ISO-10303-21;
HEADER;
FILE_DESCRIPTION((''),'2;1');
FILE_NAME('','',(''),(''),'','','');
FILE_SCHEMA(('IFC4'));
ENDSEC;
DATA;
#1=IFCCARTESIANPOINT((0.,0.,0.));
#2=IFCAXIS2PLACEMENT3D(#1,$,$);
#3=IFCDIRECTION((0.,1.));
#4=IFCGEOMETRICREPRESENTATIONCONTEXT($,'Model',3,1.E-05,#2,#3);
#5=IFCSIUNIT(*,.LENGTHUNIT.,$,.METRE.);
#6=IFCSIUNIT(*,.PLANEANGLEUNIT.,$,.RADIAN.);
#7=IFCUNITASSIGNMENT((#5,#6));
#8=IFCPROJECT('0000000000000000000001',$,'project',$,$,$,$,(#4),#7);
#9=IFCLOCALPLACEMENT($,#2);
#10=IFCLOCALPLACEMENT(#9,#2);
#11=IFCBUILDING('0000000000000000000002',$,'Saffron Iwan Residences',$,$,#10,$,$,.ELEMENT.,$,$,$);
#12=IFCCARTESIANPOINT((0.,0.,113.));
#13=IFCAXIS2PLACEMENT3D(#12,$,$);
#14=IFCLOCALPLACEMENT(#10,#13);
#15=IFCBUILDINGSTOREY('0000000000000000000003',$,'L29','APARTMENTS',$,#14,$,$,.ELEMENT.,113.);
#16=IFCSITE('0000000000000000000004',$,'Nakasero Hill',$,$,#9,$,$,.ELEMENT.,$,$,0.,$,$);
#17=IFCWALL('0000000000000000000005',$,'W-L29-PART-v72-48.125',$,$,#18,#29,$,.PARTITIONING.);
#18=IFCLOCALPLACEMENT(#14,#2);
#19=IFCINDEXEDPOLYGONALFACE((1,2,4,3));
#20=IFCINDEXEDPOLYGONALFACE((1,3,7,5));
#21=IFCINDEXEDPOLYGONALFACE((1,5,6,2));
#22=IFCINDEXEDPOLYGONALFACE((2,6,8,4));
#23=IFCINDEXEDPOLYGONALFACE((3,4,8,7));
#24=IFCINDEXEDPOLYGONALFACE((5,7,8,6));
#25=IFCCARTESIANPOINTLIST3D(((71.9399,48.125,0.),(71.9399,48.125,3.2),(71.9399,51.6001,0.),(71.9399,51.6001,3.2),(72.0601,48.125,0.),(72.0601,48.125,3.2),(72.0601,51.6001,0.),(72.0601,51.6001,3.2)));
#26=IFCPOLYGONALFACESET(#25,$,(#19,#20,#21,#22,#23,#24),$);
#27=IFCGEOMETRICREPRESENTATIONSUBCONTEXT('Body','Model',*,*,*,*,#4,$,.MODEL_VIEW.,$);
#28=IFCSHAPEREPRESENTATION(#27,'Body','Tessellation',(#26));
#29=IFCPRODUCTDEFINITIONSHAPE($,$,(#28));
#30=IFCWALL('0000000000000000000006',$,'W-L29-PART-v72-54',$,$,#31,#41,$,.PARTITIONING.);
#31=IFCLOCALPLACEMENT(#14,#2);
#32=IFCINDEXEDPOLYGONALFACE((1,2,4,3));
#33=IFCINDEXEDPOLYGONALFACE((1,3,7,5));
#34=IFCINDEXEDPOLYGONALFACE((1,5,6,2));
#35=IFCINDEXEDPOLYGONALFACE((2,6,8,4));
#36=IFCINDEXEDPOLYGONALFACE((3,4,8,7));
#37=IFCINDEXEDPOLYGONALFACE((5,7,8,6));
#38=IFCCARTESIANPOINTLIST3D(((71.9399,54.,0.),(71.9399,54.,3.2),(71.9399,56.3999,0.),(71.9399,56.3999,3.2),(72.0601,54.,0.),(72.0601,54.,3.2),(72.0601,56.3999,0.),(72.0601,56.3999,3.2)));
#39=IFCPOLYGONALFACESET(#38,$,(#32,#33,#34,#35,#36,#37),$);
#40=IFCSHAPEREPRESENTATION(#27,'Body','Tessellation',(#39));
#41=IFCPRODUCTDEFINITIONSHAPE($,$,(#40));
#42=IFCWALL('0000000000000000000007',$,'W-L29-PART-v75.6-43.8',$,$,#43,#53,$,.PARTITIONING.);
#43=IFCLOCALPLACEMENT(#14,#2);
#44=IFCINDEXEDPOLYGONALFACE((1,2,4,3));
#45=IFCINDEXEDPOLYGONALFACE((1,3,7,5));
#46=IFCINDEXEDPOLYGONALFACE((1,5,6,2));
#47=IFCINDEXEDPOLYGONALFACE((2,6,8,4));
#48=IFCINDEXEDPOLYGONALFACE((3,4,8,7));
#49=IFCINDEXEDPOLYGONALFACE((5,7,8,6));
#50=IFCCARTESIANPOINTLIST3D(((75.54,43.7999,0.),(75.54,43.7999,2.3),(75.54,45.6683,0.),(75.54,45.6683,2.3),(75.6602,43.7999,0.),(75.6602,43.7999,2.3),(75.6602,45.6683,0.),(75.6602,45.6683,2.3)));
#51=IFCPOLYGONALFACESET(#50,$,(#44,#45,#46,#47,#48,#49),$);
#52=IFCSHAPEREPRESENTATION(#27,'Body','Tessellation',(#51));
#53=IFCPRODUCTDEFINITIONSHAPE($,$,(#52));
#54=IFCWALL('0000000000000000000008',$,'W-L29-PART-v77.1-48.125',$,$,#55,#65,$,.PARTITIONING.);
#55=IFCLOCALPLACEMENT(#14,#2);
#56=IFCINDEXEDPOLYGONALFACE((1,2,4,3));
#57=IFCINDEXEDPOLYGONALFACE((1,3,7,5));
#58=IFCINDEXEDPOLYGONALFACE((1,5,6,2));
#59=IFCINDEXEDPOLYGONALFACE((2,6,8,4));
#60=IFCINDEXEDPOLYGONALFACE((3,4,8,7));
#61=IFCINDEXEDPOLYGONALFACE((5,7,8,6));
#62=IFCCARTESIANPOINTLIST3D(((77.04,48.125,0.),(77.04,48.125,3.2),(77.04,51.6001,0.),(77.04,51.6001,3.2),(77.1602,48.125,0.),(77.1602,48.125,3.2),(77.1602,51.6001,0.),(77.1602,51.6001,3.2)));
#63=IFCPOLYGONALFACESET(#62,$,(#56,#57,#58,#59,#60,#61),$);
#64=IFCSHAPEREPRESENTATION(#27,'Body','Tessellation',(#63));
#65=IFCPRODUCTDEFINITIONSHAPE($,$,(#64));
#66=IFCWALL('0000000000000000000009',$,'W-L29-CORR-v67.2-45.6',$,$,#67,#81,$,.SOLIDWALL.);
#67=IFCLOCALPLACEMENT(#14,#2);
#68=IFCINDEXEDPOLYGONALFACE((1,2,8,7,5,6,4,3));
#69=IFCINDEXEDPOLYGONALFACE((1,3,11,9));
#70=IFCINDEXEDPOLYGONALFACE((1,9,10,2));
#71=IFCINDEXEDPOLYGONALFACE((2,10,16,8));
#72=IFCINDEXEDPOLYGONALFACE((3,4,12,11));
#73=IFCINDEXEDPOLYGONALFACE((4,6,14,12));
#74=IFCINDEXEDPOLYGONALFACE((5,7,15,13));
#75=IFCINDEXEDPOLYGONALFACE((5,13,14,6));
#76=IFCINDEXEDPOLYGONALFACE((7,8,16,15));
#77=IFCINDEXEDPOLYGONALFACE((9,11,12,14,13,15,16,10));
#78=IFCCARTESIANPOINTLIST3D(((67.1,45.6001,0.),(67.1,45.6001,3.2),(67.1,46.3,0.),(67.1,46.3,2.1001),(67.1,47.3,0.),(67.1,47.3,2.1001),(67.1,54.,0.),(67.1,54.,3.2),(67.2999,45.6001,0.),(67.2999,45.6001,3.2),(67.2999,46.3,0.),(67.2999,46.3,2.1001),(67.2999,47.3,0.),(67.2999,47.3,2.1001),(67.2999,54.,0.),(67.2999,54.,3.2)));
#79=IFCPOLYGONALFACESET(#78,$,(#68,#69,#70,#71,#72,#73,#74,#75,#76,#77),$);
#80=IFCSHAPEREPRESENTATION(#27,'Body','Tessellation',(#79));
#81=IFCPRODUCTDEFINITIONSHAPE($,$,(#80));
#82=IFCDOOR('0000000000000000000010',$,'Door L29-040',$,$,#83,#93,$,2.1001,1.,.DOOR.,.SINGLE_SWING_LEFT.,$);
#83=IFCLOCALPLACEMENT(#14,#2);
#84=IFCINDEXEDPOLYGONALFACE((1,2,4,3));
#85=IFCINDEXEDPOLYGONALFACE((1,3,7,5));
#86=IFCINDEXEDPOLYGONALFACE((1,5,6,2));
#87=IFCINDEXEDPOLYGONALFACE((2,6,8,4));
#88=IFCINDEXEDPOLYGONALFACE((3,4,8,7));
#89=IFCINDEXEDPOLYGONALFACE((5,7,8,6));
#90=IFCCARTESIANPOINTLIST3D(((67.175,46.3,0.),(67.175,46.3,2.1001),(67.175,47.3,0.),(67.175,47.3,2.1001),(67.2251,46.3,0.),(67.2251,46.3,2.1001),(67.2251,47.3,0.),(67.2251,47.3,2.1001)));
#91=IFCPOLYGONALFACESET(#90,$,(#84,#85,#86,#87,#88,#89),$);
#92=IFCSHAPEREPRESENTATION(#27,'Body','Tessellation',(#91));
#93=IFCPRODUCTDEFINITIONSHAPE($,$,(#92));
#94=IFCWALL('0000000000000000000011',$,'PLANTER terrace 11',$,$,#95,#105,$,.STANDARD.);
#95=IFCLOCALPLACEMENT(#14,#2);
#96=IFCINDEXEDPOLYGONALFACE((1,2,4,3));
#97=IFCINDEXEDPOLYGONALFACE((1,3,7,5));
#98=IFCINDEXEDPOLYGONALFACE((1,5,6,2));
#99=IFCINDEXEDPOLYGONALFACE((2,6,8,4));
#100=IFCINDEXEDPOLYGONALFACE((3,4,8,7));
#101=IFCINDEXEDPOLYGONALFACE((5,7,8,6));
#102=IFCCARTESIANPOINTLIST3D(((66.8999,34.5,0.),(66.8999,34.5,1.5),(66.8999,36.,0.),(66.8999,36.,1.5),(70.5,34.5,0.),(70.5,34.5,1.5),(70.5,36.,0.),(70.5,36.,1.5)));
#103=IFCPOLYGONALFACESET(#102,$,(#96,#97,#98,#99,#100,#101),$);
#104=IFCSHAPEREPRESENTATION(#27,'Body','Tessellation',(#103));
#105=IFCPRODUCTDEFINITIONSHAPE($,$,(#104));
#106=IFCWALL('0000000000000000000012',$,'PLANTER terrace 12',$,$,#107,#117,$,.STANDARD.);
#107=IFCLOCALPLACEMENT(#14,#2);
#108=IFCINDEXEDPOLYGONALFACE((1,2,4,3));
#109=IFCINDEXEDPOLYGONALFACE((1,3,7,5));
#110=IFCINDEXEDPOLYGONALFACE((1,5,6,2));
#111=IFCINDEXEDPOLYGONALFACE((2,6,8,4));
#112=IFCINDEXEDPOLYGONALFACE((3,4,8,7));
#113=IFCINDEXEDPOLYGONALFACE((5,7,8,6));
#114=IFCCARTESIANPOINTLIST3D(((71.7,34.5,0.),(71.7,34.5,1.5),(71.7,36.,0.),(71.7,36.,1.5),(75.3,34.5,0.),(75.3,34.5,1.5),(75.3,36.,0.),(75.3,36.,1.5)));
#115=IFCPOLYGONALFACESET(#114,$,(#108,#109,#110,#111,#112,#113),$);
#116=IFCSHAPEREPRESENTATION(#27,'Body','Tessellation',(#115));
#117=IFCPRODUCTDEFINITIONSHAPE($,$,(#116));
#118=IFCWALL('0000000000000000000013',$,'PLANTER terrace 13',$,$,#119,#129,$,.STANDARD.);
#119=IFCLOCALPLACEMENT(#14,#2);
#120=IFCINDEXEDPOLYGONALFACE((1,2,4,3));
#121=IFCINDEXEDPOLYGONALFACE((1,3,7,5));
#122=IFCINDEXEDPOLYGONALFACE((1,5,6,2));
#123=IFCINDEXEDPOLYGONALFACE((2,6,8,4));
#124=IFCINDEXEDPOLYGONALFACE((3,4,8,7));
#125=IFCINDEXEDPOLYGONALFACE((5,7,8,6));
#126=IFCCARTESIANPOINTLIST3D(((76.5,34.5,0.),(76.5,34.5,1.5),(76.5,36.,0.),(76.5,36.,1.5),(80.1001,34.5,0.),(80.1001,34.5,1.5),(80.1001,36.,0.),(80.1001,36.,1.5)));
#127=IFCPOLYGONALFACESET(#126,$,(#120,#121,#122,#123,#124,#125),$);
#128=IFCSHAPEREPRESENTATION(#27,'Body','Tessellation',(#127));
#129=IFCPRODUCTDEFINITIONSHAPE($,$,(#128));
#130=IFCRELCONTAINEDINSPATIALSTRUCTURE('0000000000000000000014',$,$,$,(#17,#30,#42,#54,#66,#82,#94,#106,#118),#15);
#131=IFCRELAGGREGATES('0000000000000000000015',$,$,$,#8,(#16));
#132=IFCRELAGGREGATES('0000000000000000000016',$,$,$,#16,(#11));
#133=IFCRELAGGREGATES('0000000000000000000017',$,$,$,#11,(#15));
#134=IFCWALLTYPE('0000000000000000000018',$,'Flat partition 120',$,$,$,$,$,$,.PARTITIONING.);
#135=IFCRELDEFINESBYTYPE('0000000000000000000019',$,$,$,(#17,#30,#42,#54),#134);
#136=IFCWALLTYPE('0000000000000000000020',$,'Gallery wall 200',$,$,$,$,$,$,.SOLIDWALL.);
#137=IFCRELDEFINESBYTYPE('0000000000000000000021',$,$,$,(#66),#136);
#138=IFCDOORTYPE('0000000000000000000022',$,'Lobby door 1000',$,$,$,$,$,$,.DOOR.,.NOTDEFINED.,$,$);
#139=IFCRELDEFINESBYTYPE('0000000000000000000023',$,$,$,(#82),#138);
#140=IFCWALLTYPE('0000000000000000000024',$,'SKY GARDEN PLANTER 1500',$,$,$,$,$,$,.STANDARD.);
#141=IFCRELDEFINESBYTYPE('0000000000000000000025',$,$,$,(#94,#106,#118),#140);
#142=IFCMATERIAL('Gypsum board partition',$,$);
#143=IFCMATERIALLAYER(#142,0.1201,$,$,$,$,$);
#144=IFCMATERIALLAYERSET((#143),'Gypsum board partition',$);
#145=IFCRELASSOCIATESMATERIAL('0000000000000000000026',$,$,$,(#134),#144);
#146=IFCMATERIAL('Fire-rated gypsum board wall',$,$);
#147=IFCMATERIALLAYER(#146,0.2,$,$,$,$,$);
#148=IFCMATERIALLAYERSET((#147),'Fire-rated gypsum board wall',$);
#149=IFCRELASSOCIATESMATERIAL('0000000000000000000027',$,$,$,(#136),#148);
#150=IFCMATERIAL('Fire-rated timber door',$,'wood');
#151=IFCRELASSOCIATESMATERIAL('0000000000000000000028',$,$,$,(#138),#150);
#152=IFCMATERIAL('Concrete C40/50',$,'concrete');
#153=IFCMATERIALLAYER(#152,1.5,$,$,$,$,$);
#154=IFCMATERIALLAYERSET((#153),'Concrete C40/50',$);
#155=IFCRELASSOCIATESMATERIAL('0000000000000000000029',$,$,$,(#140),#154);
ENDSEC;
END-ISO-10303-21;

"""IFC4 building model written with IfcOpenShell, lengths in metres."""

from ifc_helpers import new_model, si_unit, direction, frame, frame_2d, origin, place, context, subcontext, project, spatial, rectangle, extrude, material, layer, layer_set, type_object, element, fill, save


model = new_model("IFC4")

# Units and contexts
model_context = context("Model", 3, precision=1e-05, world=origin(), true_north=direction((0.0, 1.0)))
body_context = subcontext(model_context, "Body", "Model", "MODEL_VIEW")
ifc_project = project(units=[si_unit("LENGTHUNIT", "METRE"), si_unit("PLANEANGLEUNIT", "RADIAN")], contexts=[model_context])

# Site, building, storey
site_placement = place(None, origin())
site = spatial("IfcSite", under=ifc_project, at=site_placement, Name="Nakasero Hill", CompositionType="ELEMENT", RefElevation=0.0)
building_placement = place(site_placement, origin())
building = spatial("IfcBuilding", under=site, at=building_placement, Name="Saffron Iwan Residences", CompositionType="ELEMENT")
storey_placement = place(building_placement, frame((0.0, 0.0, 113.0)))
storey = spatial("IfcBuildingStorey", under=building, at=storey_placement, Name="L29", Description="APARTMENTS", CompositionType="ELEMENT", Elevation=113.0)

# Shared definitions
ifc_material_1 = material(Name="Concrete C40/50", Category="concrete")

# Shared definitions
ifc_material_2 = material(Name="Fire-rated gypsum board wall")

# Shared definitions
ifc_material_3 = material(Name="Gypsum board partition")
ifc_layer_1 = layer(ifc_material_3, 0.1201)
ifc_layer_set_1 = layer_set([ifc_layer_1], Name="Gypsum board partition")
wall_type_1 = type_object("IfcWallType", Name="Flat partition 120", PredefinedType="PARTITIONING", material=ifc_layer_set_1)

# Walls
wall_1_placement = place(storey_placement, frame((72.0, 48.125, 0.0), z_axis=(0.0, 0.0, 1.0), x_axis=(0.0, 1.0, 0.0)))
element("IfcWall", 1, at=wall_1_placement, inside=storey, type_object=wall_type_1, Name="W-L29-PART-v72-48.125", PredefinedType="PARTITIONING", context=body_context, shape_type="SweptSolid", body=[
    extrude(rectangle(XDim=3.4751, YDim=0.1201, at=frame_2d((1.7375, 0.0))), origin(), (0.0, 0.0, 1.0), 3.2),
])
wall_2_placement = place(storey_placement, frame((72.0, 54.0, 0.0), z_axis=(0.0, 0.0, 1.0), x_axis=(0.0, 1.0, 0.0)))
element("IfcWall", 2, at=wall_2_placement, inside=storey, type_object=wall_type_1, Name="W-L29-PART-v72-54", PredefinedType="PARTITIONING", context=body_context, shape_type="SweptSolid", body=[
    extrude(rectangle(XDim=2.3999, YDim=0.1201, at=frame_2d((1.2, 0.0))), origin(), (0.0, 0.0, 1.0), 3.2),
])
wall_3_placement = place(storey_placement, frame((75.6001, 43.8, 0.0), z_axis=(0.0, 0.0, 1.0), x_axis=(0.0, 1.0, 0.0)))
element("IfcWall", 3, at=wall_3_placement, inside=storey, type_object=wall_type_1, Name="W-L29-PART-v75.6-43.8", PredefinedType="PARTITIONING", context=body_context, shape_type="SweptSolid", body=[
    extrude(rectangle(XDim=1.8684, YDim=0.1201, at=frame_2d((0.9341, 0.0))), origin(), (0.0, 0.0, 1.0), 2.3),
])
wall_4_placement = place(storey_placement, frame((77.1001, 48.125, 0.0), z_axis=(0.0, 0.0, 1.0), x_axis=(0.0, 1.0, 0.0)))
element("IfcWall", 4, at=wall_4_placement, inside=storey, type_object=wall_type_1, Name="W-L29-PART-v77.1-48.125", PredefinedType="PARTITIONING", context=body_context, shape_type="SweptSolid", body=[
    extrude(rectangle(XDim=3.4751, YDim=0.1201, at=frame_2d((1.7375, 0.0))), origin(), (0.0, 0.0, 1.0), 3.2),
])

# Wall, opening, door
ifc_layer_2 = layer(ifc_material_2, 0.2)
ifc_layer_set_2 = layer_set([ifc_layer_2], Name="Fire-rated gypsum board wall")
wall_type_2 = type_object("IfcWallType", Name="Gallery wall 200", PredefinedType="SOLIDWALL", material=ifc_layer_set_2)
wall_5_placement = place(storey_placement, frame((67.2, 45.6001, 0.0), z_axis=(0.0, 0.0, 1.0), x_axis=(0.0, 1.0, 0.0)))
wall_5 = element("IfcWall", 5, at=wall_5_placement, inside=storey, type_object=wall_type_2, Name="W-L29-CORR-v67.2-45.6", PredefinedType="SOLIDWALL", context=body_context, shape_type="SweptSolid", body=[
    extrude(rectangle(XDim=8.3999, YDim=0.2, at=frame_2d((4.2, 0.0))), origin(), (0.0, 0.0, 1.0), 3.2),
])
opening_1_placement = place(wall_5_placement, frame((0.7, 0.0, 0.0)))
opening_1 = element("IfcOpeningElement", 6, at=opening_1_placement, cuts=wall_5, PredefinedType="OPENING", context=body_context, shape_type="SweptSolid", body=[
    extrude(rectangle(XDim=1.0, YDim=2.1001, at=frame_2d((0.5, 1.05))), frame((0.0, 0.1099, 0.0), z_axis=(0.0, -1.0, 0.0), x_axis=(1.0, 0.0, 0.0)), (0.0, 0.0, 1.0), 0.22),
])
ifc_material_4 = material(Name="Fire-rated timber door", Category="wood")
door_type_1 = type_object("IfcDoorType", Name="Lobby door 1000", OperationType="NOTDEFINED", PredefinedType="DOOR", material=ifc_material_4)
door_1_placement = place(opening_1_placement, origin())
door_1 = element("IfcDoor", 7, at=door_1_placement, inside=storey, type_object=door_type_1, Name="Door L29-040", OperationType="SINGLE_SWING_LEFT", OverallHeight=2.1001, OverallWidth=1.0, PredefinedType="DOOR", context=body_context, shape_type="SweptSolid", body=[
    extrude(rectangle(XDim=1.0, YDim=2.1001, at=frame_2d((0.5, 1.05))), frame((0.0, 0.0249, 0.0), z_axis=(0.0, -1.0, 0.0), x_axis=(1.0, 0.0, 0.0)), (0.0, 0.0, 1.0), 0.05),
])
fill(opening_1, door_1)

# Walls
ifc_layer_3 = layer(ifc_material_1, 1.5)
ifc_layer_set_3 = layer_set([ifc_layer_3], Name="Concrete C40/50")
wall_type_3 = type_object("IfcWallType", Name="SKY GARDEN PLANTER 1500", PredefinedType="STANDARD", material=ifc_layer_set_3)
for number, where, z_axis, x_axis, name in (
    (8, (66.8999, 35.25, 0.0), (0.0, 0.0, 1.0), (1.0, 0.0, 0.0), "PLANTER terrace 11"),
    (9, (71.7, 35.25, 0.0), (0.0, 0.0, 1.0), (1.0, 0.0, 0.0), "PLANTER terrace 12"),
    (10, (76.5, 35.25, 0.0), (0.0, 0.0, 1.0), (1.0, 0.0, 0.0), "PLANTER terrace 13"),
):
    element("IfcWall", number, at=place(storey_placement, frame(where, z_axis=z_axis, x_axis=x_axis)), inside=storey, type_object=wall_type_3, Name=name, PredefinedType="STANDARD", context=body_context, shape_type="SweptSolid", body=[
        extrude(rectangle(XDim=3.6001, YDim=1.5, at=frame_2d((1.8, 0.0))), origin(), (0.0, 0.0, 1.0), 1.5),
    ])

save(model, "model.ifc")
